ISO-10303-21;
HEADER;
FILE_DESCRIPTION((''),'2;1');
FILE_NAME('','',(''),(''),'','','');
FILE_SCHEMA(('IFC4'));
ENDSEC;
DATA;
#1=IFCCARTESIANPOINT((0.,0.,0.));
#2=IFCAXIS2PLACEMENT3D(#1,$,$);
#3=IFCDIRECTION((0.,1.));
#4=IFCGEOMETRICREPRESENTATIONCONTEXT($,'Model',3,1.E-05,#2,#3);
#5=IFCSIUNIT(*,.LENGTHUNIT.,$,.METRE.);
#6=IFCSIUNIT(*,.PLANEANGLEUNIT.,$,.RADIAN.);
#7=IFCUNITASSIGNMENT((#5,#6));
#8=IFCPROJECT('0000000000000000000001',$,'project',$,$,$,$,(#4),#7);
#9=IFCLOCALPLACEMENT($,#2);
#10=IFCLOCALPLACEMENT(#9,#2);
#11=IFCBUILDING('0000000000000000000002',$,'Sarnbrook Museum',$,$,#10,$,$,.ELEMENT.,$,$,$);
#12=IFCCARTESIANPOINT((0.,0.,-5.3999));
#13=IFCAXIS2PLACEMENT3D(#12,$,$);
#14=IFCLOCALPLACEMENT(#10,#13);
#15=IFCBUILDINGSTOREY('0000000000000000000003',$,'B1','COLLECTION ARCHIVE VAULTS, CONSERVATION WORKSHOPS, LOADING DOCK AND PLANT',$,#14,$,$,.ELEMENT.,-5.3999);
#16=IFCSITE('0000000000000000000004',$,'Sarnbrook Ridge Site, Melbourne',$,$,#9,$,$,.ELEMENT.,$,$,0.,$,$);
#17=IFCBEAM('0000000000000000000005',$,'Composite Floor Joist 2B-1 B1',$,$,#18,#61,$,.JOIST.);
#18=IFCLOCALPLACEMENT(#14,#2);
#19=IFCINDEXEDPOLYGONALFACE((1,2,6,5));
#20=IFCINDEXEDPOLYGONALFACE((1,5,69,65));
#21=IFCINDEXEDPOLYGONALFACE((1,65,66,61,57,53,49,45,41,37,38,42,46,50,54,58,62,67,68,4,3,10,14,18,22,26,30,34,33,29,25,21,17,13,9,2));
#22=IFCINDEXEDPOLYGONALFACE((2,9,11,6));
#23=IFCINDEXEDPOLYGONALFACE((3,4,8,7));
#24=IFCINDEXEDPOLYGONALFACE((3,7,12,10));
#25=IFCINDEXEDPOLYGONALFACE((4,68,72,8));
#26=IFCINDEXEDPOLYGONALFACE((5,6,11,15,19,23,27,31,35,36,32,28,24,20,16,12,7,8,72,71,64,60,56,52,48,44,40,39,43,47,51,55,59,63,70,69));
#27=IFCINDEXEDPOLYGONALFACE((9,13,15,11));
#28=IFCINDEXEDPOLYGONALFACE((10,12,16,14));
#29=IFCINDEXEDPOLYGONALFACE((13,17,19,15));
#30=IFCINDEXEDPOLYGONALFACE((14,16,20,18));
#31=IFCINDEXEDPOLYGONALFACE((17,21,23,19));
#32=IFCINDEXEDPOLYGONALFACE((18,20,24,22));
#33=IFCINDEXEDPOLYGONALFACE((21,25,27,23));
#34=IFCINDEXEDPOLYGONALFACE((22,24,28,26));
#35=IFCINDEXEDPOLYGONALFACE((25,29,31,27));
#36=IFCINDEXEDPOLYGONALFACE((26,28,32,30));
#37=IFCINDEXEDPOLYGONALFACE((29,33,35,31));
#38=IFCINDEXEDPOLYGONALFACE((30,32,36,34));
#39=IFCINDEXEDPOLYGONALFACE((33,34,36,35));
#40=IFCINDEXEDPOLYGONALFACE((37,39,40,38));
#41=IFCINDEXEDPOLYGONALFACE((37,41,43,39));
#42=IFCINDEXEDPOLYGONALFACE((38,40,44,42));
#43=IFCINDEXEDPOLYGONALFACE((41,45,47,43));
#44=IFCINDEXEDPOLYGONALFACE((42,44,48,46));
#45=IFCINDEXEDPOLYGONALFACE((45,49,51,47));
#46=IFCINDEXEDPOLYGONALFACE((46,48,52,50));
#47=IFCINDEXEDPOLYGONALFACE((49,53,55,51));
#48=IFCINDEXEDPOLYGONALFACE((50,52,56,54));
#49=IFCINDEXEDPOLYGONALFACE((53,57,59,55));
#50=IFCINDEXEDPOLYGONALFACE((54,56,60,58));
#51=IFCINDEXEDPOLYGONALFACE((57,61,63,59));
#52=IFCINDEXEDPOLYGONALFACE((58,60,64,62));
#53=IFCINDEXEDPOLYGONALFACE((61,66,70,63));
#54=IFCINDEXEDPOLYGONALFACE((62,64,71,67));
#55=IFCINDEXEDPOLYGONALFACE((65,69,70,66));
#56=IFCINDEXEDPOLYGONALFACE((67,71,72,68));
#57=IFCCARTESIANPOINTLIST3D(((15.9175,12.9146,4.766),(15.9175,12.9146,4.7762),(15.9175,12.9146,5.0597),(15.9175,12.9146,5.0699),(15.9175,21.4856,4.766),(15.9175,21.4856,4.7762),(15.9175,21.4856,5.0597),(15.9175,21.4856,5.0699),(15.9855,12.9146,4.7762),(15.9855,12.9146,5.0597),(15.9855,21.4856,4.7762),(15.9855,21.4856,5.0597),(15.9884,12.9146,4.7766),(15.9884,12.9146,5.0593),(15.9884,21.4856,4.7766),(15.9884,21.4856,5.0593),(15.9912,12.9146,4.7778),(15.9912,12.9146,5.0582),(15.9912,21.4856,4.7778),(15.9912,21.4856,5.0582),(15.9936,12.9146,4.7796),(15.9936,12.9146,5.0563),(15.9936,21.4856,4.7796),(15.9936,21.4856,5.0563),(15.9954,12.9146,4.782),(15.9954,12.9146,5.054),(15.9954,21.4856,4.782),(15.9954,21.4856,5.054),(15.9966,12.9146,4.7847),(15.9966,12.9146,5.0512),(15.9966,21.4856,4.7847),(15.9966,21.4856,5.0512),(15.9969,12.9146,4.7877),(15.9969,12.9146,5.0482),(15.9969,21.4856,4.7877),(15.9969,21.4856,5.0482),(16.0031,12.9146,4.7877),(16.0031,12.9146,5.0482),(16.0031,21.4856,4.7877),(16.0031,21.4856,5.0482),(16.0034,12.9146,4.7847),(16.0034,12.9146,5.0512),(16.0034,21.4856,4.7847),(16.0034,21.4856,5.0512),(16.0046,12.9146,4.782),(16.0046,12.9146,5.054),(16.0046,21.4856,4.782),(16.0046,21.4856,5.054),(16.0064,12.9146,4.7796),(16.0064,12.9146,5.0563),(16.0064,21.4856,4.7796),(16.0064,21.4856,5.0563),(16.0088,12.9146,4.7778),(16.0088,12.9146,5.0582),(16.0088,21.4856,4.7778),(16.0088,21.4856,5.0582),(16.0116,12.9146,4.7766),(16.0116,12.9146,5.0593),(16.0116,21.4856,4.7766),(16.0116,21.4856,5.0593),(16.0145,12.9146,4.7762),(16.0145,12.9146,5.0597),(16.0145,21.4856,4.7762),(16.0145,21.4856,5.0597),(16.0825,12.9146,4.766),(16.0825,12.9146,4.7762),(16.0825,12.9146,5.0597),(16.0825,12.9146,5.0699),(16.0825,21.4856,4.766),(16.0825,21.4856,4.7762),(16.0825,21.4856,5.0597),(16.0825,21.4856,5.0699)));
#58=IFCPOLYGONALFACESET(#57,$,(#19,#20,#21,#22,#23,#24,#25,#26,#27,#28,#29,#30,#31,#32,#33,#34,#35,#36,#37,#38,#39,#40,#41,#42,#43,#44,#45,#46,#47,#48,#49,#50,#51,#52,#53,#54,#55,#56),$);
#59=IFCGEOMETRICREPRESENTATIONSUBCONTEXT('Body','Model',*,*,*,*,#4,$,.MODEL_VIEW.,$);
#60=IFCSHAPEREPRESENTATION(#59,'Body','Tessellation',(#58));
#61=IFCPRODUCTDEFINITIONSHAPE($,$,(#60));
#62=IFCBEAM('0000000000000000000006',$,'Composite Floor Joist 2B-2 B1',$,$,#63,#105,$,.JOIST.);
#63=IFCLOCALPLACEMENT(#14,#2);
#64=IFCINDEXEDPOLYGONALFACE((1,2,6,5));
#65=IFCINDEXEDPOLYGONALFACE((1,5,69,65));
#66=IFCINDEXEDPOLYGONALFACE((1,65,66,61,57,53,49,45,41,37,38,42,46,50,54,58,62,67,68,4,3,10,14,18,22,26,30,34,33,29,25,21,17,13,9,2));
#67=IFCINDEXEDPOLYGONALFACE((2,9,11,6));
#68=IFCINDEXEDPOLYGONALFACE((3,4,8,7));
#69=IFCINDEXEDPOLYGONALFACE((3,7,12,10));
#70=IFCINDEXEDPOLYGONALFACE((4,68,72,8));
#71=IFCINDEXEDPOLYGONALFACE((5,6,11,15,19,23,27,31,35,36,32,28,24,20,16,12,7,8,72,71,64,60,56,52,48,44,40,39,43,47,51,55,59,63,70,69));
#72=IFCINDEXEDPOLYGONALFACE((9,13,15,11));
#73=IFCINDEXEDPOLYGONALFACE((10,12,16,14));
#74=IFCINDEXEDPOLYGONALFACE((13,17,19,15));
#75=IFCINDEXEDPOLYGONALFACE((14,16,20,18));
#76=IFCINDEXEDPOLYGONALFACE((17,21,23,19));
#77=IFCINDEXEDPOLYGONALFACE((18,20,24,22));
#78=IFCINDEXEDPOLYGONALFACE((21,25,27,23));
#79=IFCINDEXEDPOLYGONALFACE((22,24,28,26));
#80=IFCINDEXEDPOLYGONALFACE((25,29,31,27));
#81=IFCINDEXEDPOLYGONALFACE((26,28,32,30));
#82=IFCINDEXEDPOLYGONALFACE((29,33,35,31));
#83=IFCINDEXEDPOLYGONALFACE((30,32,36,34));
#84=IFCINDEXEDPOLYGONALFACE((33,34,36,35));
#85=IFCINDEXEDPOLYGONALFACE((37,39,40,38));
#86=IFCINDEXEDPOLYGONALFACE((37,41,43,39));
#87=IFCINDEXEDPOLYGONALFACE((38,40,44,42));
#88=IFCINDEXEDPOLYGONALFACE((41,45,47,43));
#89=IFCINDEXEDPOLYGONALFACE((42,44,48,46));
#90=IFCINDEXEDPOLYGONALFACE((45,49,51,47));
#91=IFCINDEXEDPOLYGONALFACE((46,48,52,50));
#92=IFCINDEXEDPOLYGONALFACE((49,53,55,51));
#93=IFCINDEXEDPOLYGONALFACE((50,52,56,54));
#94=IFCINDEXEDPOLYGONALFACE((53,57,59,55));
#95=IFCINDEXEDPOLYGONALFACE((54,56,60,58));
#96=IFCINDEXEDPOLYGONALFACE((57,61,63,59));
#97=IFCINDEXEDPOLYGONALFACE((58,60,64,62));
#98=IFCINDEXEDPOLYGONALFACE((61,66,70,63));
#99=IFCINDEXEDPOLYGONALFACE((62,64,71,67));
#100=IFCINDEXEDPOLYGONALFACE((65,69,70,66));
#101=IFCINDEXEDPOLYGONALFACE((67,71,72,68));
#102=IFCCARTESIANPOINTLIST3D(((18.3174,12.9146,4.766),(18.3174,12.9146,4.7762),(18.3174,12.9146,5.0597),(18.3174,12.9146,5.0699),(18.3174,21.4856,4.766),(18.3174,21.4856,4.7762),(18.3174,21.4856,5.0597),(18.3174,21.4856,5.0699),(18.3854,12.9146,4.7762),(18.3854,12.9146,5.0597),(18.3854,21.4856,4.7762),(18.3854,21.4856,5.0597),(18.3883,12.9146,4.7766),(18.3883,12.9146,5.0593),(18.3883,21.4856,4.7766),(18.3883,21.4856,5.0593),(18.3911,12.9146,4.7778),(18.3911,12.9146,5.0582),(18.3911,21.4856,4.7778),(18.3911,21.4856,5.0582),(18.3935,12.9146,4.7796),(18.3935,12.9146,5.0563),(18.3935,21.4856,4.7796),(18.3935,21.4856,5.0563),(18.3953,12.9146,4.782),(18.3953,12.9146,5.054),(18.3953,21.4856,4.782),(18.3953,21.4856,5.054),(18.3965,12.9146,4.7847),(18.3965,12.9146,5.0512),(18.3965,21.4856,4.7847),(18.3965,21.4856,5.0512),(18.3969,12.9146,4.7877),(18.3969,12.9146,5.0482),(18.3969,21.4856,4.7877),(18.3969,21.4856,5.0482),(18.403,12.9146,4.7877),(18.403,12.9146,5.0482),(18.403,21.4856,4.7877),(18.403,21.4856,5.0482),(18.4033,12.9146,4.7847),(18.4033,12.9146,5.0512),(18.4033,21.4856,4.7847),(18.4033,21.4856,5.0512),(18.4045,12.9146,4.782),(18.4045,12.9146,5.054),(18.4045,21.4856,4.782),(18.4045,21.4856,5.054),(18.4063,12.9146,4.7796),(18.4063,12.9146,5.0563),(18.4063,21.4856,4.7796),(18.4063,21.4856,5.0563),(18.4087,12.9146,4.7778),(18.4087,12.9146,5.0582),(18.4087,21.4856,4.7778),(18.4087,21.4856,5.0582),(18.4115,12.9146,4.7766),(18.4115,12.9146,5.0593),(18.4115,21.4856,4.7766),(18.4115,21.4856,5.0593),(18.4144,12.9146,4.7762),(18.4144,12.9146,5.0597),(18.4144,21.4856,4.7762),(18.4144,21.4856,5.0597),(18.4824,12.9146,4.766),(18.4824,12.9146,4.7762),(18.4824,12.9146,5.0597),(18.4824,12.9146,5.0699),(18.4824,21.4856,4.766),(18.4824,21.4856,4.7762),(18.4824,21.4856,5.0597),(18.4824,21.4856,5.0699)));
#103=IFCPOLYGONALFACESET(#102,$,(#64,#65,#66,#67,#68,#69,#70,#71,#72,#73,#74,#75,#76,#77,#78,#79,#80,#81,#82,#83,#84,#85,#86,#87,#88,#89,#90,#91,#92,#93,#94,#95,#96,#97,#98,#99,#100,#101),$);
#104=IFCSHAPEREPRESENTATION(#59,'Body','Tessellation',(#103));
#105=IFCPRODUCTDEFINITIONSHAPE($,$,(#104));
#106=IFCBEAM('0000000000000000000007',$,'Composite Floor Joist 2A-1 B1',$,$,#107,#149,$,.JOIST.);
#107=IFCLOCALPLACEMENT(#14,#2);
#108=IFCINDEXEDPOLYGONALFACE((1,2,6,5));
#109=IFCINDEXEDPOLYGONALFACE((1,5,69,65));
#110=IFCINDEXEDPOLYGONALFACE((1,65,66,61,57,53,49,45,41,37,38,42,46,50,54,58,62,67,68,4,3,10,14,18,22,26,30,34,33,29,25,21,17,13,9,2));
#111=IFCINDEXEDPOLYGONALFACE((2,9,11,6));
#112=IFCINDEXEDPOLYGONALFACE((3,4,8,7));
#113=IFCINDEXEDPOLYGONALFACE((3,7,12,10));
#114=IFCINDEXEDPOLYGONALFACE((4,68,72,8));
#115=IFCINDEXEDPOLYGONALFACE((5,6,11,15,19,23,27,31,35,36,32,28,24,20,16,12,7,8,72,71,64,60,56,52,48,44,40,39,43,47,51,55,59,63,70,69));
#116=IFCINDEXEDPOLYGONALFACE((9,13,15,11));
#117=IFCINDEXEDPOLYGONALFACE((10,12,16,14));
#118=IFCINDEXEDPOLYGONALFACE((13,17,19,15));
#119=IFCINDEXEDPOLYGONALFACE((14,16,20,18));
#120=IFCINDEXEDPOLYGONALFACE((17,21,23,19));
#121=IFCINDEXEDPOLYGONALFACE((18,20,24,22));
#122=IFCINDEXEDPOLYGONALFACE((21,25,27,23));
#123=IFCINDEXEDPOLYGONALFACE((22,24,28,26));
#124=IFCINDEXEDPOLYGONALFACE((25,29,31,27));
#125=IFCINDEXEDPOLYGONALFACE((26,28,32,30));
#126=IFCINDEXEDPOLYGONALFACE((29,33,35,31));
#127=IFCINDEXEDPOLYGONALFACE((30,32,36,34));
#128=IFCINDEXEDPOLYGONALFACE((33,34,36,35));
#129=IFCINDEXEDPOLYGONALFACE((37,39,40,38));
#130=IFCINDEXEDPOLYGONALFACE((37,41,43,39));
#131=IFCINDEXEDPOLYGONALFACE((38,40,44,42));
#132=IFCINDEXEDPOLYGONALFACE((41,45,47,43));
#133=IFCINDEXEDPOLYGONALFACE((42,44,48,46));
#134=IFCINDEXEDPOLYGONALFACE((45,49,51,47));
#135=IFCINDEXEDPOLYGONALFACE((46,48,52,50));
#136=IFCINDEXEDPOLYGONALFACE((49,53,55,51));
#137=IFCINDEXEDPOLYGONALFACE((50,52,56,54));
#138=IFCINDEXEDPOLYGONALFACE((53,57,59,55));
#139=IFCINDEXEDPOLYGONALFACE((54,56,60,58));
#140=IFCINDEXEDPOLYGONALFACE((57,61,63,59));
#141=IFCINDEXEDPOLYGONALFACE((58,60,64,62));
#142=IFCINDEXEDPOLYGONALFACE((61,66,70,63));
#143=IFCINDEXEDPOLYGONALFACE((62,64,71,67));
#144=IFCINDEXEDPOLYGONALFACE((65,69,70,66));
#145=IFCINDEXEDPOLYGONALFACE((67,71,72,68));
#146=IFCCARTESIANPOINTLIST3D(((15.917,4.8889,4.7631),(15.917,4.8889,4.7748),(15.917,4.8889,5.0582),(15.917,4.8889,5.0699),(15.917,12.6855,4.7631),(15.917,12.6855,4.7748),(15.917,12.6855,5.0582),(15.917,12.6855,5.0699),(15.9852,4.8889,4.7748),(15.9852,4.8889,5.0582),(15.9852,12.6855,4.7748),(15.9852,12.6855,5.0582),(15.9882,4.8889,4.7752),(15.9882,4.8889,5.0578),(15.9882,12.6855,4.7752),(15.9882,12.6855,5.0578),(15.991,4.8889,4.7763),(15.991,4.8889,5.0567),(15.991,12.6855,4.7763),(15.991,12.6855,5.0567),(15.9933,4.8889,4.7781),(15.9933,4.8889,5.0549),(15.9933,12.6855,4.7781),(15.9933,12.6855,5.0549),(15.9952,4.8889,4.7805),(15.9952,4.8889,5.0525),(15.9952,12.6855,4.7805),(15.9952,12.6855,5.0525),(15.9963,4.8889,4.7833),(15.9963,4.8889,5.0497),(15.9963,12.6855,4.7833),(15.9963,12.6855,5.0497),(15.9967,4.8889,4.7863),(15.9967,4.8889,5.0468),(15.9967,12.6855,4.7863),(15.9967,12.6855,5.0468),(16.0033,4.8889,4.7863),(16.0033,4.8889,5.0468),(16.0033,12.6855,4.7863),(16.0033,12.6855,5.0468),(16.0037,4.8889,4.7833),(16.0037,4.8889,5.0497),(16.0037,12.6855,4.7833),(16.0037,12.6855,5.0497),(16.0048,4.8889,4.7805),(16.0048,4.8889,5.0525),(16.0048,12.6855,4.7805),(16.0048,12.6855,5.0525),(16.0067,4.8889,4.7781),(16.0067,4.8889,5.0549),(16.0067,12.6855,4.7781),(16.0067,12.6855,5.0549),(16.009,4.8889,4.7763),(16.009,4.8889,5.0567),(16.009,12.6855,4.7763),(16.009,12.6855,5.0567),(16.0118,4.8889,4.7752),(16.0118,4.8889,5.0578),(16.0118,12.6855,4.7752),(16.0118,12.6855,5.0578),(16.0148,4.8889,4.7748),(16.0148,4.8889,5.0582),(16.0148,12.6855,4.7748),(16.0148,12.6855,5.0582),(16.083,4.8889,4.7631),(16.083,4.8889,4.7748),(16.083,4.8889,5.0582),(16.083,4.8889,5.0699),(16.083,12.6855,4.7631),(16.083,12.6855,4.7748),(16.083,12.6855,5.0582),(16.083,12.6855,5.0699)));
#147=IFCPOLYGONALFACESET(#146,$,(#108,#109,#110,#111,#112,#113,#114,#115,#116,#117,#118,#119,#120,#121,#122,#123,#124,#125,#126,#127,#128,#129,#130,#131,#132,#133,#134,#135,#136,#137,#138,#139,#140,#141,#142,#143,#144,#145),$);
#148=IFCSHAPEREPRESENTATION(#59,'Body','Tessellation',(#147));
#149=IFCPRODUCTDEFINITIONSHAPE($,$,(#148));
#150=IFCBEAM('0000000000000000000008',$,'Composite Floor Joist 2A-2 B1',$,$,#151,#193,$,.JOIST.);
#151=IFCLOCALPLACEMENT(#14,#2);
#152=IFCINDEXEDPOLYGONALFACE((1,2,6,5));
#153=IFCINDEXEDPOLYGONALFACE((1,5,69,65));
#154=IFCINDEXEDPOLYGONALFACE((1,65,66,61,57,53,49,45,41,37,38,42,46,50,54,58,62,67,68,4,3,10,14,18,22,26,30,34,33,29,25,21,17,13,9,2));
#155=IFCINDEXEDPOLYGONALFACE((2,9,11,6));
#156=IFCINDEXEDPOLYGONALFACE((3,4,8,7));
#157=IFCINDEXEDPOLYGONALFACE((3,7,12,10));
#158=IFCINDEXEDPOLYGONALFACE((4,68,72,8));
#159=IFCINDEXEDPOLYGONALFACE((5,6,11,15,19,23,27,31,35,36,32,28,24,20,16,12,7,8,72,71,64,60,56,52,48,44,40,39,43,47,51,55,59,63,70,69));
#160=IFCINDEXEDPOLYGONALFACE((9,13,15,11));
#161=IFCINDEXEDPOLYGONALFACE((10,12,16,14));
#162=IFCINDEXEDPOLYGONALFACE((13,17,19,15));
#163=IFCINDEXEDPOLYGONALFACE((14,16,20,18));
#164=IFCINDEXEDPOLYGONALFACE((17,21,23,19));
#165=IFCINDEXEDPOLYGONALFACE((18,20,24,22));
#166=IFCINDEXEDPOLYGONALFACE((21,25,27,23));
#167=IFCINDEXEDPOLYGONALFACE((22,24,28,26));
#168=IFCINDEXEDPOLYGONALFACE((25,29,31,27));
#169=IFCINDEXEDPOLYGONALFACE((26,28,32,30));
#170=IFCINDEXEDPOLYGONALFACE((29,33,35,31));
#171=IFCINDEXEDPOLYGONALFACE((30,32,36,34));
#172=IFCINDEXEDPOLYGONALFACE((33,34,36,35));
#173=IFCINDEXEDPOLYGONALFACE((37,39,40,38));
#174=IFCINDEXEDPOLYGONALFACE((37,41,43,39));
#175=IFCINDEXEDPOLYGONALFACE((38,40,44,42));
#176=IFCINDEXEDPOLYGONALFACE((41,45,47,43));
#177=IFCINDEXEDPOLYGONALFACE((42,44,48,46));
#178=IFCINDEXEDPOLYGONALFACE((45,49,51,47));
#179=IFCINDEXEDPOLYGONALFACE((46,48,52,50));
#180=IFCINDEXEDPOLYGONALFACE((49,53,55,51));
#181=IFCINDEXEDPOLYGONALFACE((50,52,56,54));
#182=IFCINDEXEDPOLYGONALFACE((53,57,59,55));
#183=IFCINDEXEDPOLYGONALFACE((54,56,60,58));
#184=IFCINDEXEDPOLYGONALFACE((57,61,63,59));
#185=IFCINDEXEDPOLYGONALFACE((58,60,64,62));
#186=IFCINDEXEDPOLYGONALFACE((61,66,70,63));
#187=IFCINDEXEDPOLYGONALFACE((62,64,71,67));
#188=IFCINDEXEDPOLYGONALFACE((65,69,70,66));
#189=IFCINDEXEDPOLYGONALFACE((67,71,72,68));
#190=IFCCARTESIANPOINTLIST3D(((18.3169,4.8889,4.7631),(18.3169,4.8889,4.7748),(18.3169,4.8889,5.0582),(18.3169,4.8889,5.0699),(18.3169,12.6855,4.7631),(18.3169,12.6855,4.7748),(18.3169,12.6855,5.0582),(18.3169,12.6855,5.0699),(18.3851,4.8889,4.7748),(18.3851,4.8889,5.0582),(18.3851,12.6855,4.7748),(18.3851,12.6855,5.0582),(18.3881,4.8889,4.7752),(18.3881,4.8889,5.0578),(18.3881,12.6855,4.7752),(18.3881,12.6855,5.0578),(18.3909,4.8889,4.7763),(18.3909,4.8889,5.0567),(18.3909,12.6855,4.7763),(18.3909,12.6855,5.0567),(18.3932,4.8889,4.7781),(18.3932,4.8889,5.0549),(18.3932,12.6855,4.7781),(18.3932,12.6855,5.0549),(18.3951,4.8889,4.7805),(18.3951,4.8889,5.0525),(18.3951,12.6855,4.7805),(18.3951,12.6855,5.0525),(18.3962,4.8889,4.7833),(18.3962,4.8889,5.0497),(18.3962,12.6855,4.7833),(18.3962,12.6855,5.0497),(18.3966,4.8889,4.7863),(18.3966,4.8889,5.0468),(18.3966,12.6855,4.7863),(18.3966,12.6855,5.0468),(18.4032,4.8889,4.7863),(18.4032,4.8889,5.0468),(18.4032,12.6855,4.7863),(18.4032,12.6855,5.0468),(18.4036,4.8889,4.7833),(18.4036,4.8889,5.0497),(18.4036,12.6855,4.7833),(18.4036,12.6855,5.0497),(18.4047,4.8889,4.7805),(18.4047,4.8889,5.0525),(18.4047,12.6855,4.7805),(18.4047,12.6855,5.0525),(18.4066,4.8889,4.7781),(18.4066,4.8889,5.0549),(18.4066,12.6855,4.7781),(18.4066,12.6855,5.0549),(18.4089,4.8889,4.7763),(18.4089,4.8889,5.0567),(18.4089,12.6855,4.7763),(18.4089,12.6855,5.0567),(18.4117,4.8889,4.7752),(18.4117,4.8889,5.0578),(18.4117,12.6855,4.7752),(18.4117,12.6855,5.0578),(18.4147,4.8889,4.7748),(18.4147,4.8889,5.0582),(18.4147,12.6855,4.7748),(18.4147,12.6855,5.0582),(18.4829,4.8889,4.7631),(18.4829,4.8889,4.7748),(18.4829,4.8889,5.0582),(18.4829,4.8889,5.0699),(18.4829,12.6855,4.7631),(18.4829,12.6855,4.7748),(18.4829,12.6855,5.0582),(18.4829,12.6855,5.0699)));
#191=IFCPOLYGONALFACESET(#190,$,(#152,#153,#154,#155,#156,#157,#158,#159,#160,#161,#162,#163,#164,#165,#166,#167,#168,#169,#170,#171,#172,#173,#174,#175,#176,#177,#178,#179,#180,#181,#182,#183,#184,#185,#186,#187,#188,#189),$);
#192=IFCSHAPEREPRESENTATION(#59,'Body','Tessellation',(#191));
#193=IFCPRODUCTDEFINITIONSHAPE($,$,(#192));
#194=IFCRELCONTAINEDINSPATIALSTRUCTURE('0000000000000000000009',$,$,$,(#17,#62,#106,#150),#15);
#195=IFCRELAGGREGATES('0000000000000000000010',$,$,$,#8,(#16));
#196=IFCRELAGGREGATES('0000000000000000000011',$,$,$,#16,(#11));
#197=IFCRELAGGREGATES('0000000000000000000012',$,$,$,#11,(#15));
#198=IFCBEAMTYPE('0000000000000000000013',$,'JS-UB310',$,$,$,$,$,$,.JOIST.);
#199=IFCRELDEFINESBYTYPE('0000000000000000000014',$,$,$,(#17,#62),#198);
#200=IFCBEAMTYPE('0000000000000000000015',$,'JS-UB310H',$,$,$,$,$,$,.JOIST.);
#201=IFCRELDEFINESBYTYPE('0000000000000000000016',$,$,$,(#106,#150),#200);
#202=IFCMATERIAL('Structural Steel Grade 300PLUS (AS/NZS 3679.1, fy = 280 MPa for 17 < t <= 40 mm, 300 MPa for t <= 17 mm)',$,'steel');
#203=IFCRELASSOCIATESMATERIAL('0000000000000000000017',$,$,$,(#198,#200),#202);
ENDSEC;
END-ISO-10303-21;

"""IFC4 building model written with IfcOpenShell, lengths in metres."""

from ifc_helpers import new_model, si_unit, direction, frame, origin, origin_2d, place, context, subcontext, project, spatial, i_section, extrude, material, material_profile, profile_set, type_object, element, save


model = new_model("IFC4")

# Units and contexts
model_context = context("Model", 3, precision=1e-05, world=origin(), true_north=direction((0.0, 1.0)))
body_context = subcontext(model_context, "Body", "Model", "MODEL_VIEW")
ifc_project = project(units=[si_unit("LENGTHUNIT", "METRE"), si_unit("PLANEANGLEUNIT", "RADIAN")], contexts=[model_context])

# Site, building, storey
site_placement = place(None, origin())
site = spatial("IfcSite", under=ifc_project, at=site_placement, Name="Sarnbrook Ridge Site, Melbourne", CompositionType="ELEMENT", RefElevation=0.0)
building_placement = place(site_placement, origin())
building = spatial("IfcBuilding", under=site, at=building_placement, Name="Sarnbrook Museum", CompositionType="ELEMENT")
storey_placement = place(building_placement, frame((0.0, 0.0, -5.3999)))
storey = spatial("IfcBuildingStorey", under=building, at=storey_placement, Name="B1", Description="COLLECTION ARCHIVE VAULTS, CONSERVATION WORKSHOPS, LOADING DOCK AND PLANT", CompositionType="ELEMENT", Elevation=-5.3999)

# Beams
ifc_material_1 = material(Name="Structural Steel Grade 300PLUS (AS/NZS 3679.1, fy = 280 MPa for 17 < t <= 40 mm, 300 MPa for t <= 17 mm)", Category="steel")
ifc_material_profile_1 = material_profile(ifc_material_1, i_section(OverallWidth=0.165, OverallDepth=0.304, WebThickness=0.0061, FlangeThickness=0.0103, FilletRadius=0.0115, at=origin_2d()), Name="310UB40.4")
ifc_profile_set_1 = profile_set([ifc_material_profile_1], Name="Structural Steel Grade 300PLUS (AS/NZS 3679.1, fy = 280 MPa for 17 < t <= 40 mm, 300 MPa for t <= 17 mm)")
beam_type_1 = type_object("IfcBeamType", Name="JS-UB310", PredefinedType="JOIST", material=ifc_profile_set_1)
for number, where, z_axis, x_axis, name in (
    (1, (16.0, 12.9146, 4.918), (0.0, 1.0, 0.0), (-1.0, 0.0, 0.0), "Composite Floor Joist 2B-1 B1"),
    (2, (18.3999, 12.9146, 4.918), (0.0, 1.0, 0.0), (-1.0, 0.0, 0.0), "Composite Floor Joist 2B-2 B1"),
):
    element("IfcBeam", number, at=place(storey_placement, frame(where, z_axis=z_axis, x_axis=x_axis)), inside=storey, type_object=beam_type_1, Name=name, PredefinedType="JOIST", context=body_context, shape_type="SweptSolid", body=[
        extrude(i_section(OverallWidth=0.165, OverallDepth=0.304, WebThickness=0.0061, FlangeThickness=0.0103, FilletRadius=0.0115, at=origin_2d()), origin(), (0.0, 0.0, 1.0), 8.571),
    ])
ifc_material_profile_2 = material_profile(ifc_material_1, i_section(OverallWidth=0.166, OverallDepth=0.3069, WebThickness=0.0066, FlangeThickness=0.0117, FilletRadius=0.0115, at=origin_2d()), Name="310UB46.2")
ifc_profile_set_2 = profile_set([ifc_material_profile_2], Name="Structural Steel Grade 300PLUS (AS/NZS 3679.1, fy = 280 MPa for 17 < t <= 40 mm, 300 MPa for t <= 17 mm)")
beam_type_2 = type_object("IfcBeamType", Name="JS-UB310H", PredefinedType="JOIST", material=ifc_profile_set_2)
for number, where, z_axis, x_axis, name in (
    (3, (16.0, 4.8889, 4.9165), (0.0, 1.0, 0.0), (-1.0, 0.0, 0.0), "Composite Floor Joist 2A-1 B1"),
    (4, (18.3999, 4.8889, 4.9165), (0.0, 1.0, 0.0), (-1.0, 0.0, 0.0), "Composite Floor Joist 2A-2 B1"),
):
    element("IfcBeam", number, at=place(storey_placement, frame(where, z_axis=z_axis, x_axis=x_axis)), inside=storey, type_object=beam_type_2, Name=name, PredefinedType="JOIST", context=body_context, shape_type="SweptSolid", body=[
        extrude(i_section(OverallWidth=0.166, OverallDepth=0.3069, WebThickness=0.0066, FlangeThickness=0.0117, FilletRadius=0.0115, at=origin_2d()), origin(), (0.0, 0.0, 1.0), 7.7966),
    ])

save(model, "model.ifc")
